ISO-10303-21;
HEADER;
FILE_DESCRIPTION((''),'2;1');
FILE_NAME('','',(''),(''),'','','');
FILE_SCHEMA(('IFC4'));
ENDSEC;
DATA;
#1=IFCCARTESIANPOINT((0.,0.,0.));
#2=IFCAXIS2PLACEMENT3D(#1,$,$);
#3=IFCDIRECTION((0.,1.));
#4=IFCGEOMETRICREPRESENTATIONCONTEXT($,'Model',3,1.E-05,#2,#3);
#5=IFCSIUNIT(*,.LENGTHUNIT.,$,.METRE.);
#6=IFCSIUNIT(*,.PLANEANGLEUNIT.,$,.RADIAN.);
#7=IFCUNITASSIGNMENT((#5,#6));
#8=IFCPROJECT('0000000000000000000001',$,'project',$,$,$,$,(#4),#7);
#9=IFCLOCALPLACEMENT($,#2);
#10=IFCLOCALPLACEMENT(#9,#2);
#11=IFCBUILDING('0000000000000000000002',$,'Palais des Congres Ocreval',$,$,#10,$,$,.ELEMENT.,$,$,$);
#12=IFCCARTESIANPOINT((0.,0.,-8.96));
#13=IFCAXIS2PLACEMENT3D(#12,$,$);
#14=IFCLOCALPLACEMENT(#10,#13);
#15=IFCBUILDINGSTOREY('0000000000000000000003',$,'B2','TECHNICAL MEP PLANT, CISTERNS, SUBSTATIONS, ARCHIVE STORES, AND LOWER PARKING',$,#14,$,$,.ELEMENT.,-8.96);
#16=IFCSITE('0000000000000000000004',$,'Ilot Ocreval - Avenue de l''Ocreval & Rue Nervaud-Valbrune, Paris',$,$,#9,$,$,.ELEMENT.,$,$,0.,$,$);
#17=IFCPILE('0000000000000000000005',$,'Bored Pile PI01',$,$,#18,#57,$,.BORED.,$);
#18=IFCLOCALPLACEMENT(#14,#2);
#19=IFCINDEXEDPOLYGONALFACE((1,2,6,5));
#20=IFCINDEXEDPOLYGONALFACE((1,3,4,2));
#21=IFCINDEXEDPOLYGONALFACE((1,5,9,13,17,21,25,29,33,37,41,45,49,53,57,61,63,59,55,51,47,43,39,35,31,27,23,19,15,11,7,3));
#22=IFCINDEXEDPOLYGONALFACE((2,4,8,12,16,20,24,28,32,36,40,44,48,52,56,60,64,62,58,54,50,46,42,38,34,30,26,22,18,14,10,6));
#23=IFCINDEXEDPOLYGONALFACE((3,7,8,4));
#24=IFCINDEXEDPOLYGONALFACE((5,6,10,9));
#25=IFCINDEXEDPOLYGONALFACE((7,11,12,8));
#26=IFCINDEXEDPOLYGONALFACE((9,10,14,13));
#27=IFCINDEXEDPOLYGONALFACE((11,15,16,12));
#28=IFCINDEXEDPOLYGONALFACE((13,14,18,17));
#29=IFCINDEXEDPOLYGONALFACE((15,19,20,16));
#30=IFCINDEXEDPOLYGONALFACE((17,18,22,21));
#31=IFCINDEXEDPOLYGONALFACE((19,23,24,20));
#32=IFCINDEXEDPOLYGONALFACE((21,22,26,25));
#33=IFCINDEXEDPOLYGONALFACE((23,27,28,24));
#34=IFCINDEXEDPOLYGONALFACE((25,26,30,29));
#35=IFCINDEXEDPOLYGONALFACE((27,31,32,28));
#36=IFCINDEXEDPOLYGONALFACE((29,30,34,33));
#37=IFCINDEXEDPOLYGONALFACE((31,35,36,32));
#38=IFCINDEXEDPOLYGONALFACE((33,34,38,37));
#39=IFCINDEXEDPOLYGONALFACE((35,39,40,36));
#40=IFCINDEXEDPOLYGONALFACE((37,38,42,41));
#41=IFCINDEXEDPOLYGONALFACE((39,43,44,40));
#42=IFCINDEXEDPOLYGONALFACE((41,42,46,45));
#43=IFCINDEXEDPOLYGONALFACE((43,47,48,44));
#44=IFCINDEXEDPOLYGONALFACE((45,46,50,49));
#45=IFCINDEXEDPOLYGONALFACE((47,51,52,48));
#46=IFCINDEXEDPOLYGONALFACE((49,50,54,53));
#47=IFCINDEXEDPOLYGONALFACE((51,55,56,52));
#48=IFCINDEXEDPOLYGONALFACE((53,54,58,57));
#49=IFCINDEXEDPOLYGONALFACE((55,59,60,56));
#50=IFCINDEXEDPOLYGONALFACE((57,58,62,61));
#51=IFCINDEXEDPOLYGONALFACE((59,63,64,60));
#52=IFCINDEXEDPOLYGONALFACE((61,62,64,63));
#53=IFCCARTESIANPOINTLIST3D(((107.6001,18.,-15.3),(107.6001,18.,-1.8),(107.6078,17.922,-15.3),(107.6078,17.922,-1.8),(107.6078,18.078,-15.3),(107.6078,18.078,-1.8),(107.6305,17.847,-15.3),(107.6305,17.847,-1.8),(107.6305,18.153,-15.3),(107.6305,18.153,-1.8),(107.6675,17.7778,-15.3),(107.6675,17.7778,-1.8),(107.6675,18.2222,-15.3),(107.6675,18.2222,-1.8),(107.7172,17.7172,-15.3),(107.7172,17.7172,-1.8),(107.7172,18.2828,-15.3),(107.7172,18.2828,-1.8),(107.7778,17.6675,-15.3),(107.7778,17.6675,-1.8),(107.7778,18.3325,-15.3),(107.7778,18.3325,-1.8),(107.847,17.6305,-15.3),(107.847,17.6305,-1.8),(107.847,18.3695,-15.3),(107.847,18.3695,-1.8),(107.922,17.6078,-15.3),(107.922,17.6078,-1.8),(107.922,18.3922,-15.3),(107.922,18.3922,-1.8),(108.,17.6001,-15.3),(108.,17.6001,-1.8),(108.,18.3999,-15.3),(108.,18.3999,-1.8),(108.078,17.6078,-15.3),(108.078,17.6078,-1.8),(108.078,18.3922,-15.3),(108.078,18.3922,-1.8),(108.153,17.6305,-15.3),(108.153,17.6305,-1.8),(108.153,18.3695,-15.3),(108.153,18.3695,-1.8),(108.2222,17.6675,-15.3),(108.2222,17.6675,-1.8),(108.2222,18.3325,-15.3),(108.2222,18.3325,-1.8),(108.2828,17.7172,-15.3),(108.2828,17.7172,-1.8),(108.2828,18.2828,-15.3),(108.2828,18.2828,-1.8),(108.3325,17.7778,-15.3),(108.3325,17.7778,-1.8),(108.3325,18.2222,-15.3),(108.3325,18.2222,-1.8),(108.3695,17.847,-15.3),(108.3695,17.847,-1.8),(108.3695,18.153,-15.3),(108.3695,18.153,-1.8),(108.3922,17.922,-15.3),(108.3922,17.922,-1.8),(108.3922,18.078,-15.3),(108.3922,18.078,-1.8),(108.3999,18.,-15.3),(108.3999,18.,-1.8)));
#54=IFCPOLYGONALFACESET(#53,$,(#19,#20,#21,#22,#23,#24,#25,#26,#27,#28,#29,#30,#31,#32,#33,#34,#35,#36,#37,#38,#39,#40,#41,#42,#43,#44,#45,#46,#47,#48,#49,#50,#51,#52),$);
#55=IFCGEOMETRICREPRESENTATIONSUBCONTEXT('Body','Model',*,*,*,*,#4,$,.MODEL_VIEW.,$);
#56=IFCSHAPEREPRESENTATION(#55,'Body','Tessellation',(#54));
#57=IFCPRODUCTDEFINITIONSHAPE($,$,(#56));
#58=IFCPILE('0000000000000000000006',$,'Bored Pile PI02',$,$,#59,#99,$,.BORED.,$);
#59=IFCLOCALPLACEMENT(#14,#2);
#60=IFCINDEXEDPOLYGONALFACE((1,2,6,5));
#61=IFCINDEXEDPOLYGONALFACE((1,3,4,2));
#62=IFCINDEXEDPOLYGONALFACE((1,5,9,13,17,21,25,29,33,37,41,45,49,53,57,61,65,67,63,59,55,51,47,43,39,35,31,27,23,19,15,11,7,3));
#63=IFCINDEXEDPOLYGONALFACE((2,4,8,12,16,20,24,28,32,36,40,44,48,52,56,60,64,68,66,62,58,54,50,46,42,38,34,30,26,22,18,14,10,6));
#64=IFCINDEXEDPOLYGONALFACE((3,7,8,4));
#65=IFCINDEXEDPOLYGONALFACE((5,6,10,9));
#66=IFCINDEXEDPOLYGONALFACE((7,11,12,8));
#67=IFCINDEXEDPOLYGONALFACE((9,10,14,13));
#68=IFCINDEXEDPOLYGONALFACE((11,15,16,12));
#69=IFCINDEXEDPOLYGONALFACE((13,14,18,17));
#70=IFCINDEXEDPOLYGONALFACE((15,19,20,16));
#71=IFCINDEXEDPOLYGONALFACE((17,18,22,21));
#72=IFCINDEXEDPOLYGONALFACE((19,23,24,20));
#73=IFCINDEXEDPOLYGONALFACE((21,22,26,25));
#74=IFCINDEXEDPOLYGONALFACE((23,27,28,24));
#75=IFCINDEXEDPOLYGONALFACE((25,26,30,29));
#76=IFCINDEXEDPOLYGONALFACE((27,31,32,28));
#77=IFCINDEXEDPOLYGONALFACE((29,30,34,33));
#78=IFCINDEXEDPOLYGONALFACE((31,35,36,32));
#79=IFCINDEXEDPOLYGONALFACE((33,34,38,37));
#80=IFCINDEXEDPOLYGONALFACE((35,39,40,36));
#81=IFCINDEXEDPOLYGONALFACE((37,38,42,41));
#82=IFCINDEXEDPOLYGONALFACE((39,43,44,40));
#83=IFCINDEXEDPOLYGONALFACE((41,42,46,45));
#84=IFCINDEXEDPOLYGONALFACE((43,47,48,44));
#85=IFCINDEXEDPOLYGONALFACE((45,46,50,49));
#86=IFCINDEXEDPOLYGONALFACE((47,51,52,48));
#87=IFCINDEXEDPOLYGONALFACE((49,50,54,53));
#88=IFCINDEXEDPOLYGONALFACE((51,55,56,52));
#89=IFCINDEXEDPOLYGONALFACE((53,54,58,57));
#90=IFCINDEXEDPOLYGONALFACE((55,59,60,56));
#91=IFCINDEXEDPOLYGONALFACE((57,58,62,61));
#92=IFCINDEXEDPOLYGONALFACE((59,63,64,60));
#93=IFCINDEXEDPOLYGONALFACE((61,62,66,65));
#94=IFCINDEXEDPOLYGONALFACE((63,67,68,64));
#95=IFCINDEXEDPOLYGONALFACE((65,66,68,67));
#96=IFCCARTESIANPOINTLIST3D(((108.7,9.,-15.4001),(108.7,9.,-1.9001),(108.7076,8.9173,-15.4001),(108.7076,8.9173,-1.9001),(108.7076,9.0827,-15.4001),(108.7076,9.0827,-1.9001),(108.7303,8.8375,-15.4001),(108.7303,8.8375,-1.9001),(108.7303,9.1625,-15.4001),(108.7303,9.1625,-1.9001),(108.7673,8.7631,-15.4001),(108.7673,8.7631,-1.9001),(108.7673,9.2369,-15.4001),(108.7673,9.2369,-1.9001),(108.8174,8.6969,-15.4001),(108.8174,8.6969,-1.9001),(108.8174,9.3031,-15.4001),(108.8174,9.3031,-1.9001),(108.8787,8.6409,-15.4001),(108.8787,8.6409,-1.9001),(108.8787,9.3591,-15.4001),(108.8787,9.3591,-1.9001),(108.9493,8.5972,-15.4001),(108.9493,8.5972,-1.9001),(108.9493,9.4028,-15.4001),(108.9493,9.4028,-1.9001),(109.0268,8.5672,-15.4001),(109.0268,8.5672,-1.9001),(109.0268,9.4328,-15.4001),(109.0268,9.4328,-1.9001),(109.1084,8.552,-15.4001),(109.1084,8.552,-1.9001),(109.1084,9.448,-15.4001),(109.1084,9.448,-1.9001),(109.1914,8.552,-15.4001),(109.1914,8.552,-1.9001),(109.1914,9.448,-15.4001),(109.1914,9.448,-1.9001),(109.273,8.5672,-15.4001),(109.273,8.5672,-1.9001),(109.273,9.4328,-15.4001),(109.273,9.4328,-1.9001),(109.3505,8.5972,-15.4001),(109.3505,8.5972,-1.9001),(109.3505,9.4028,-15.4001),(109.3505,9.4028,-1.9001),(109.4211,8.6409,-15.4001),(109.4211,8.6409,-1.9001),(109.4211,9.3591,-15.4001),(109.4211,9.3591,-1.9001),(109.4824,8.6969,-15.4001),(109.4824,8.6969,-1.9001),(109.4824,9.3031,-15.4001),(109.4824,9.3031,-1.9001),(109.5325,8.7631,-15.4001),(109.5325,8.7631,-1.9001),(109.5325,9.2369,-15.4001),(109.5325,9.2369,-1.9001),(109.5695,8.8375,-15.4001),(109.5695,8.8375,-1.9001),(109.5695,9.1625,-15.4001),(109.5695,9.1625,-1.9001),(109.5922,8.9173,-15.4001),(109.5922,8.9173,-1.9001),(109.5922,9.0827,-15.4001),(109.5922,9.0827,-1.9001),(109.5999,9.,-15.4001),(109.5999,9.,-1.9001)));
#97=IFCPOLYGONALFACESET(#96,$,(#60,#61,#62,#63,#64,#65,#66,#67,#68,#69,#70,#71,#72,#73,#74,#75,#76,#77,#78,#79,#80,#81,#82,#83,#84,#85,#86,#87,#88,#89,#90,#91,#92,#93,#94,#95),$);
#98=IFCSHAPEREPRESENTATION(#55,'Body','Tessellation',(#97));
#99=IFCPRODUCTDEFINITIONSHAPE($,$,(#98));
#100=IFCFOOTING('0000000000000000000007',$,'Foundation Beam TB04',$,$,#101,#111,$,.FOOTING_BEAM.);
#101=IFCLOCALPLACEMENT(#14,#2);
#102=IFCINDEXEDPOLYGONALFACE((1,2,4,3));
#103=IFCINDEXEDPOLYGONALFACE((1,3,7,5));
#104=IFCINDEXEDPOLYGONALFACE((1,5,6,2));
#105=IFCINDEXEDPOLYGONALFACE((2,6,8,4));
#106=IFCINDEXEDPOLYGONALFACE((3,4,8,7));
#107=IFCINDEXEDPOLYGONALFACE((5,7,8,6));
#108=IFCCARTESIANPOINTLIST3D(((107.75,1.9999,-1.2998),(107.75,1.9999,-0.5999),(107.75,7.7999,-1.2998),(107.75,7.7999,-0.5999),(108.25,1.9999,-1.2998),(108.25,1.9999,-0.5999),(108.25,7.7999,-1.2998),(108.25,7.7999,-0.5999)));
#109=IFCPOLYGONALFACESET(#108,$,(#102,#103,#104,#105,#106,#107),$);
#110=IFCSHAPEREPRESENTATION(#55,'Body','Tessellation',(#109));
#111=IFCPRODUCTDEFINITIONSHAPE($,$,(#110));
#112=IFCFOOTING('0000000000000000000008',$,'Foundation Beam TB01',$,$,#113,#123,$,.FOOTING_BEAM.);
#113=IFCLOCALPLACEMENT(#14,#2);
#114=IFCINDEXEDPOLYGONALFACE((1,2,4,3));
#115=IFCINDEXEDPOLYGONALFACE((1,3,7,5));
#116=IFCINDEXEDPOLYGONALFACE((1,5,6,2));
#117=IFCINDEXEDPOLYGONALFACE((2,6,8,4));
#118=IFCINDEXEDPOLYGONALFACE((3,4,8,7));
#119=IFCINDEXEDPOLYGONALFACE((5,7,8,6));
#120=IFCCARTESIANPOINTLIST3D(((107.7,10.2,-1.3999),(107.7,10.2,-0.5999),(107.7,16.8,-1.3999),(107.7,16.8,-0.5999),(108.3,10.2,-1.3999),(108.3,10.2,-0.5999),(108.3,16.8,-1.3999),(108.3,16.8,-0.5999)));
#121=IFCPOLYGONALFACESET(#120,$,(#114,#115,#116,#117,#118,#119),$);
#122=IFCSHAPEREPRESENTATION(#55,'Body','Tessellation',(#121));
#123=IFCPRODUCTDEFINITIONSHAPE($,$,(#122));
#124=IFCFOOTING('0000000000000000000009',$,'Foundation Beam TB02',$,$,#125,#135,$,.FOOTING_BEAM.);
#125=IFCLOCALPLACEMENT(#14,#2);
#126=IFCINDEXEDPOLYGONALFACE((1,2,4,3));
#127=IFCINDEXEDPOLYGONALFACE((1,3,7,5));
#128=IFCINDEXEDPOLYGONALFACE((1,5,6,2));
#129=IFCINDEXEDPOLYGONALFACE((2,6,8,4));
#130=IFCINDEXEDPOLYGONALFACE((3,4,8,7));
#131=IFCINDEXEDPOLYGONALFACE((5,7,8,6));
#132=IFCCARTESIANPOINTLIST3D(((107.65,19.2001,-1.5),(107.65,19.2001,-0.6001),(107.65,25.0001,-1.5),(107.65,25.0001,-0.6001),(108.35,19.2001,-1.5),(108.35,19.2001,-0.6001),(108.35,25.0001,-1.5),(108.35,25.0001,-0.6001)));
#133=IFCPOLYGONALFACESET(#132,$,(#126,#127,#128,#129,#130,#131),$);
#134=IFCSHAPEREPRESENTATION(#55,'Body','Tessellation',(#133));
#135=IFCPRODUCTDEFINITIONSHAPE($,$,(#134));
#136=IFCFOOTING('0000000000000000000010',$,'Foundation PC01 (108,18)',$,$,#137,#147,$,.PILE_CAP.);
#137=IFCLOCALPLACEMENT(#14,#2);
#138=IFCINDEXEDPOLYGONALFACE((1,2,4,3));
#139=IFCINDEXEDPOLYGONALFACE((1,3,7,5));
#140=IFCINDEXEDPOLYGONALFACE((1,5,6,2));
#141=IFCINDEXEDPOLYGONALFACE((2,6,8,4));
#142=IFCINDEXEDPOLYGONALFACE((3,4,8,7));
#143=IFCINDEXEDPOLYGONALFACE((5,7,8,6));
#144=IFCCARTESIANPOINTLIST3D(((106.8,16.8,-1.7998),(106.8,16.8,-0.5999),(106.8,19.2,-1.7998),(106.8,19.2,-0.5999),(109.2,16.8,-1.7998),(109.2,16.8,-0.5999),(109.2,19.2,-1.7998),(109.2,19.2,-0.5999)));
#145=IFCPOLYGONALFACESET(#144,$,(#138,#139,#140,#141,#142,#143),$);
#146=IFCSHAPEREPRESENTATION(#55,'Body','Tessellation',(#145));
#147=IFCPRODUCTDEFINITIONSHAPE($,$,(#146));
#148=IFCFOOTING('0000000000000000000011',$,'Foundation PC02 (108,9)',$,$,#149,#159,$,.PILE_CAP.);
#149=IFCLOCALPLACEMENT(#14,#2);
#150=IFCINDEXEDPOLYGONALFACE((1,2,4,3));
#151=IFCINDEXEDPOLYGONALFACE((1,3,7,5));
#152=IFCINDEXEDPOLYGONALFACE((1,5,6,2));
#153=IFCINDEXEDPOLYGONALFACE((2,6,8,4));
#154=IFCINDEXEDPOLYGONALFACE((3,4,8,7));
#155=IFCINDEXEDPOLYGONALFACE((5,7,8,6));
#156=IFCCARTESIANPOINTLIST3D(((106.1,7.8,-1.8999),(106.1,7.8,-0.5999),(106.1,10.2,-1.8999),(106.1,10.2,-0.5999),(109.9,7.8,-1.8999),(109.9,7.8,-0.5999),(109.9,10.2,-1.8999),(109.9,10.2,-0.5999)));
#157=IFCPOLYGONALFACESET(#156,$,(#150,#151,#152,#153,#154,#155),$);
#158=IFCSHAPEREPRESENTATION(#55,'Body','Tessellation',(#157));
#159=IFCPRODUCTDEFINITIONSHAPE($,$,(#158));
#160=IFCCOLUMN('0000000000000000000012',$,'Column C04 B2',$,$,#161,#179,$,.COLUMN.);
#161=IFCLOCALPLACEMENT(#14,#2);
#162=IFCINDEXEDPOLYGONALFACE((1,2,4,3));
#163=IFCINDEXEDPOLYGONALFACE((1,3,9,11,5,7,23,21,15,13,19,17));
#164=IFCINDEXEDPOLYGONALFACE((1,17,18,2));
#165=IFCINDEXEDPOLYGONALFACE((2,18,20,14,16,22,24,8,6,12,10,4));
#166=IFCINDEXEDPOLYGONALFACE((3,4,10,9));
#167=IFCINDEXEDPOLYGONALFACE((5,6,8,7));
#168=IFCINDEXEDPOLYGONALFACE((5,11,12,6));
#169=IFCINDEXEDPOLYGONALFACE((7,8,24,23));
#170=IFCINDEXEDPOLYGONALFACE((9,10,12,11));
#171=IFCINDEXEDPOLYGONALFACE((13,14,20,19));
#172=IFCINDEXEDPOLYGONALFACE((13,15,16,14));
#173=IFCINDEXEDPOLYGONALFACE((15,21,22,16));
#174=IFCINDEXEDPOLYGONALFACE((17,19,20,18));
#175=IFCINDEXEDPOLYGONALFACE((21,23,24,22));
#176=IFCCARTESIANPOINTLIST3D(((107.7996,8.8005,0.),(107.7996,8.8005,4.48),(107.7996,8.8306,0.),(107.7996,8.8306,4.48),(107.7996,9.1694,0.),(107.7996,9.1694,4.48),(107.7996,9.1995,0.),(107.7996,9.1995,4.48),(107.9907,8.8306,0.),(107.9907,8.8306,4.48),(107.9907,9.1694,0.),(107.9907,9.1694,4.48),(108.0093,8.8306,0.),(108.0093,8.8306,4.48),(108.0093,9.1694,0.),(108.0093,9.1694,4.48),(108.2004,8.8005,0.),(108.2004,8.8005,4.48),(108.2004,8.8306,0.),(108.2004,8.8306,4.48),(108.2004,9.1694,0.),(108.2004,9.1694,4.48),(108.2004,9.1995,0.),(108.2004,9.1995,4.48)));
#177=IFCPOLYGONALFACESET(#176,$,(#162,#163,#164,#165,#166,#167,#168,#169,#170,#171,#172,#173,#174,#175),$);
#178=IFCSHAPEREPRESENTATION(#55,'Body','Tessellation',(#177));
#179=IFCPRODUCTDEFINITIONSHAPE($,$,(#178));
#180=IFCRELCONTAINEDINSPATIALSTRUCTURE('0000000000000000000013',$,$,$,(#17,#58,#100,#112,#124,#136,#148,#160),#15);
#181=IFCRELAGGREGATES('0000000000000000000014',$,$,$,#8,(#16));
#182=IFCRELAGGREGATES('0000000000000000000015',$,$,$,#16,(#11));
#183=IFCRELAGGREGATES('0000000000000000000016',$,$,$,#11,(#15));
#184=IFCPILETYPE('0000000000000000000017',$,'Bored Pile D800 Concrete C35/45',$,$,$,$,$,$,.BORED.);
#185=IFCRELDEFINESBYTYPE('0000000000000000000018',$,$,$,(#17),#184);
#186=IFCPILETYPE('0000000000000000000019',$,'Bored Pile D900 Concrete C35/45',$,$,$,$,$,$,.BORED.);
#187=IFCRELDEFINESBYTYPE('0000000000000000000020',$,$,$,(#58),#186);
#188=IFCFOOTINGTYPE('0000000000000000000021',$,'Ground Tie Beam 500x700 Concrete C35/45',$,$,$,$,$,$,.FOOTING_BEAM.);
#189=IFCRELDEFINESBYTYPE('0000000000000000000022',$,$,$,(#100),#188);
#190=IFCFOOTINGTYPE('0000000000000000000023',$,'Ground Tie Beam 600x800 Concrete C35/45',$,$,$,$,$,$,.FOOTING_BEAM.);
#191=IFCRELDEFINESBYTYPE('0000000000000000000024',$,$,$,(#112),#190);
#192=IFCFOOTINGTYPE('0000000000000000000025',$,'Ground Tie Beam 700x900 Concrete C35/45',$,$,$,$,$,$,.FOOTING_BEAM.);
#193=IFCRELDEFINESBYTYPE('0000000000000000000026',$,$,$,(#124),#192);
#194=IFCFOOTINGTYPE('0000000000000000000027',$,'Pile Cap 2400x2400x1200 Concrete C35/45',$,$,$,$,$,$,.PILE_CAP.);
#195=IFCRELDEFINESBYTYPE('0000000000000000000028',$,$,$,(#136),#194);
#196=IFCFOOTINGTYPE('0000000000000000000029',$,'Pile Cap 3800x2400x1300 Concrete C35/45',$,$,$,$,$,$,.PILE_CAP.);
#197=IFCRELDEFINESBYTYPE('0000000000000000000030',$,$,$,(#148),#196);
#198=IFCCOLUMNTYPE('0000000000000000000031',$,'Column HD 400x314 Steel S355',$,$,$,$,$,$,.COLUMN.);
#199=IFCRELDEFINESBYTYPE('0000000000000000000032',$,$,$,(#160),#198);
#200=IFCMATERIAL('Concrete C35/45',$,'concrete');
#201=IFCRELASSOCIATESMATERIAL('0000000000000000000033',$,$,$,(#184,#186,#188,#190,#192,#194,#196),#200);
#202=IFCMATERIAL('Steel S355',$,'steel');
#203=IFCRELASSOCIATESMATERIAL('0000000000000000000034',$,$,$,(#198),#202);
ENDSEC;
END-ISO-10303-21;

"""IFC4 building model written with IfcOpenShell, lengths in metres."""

from ifc_helpers import new_model, si_unit, direction, frame, origin, origin_2d, place, context, subcontext, project, spatial, rectangle, circle, i_section, extrude, material, material_profile, profile_set, type_object, element, save


model = new_model("IFC4")

# Units and contexts
model_context = context("Model", 3, precision=1e-05, world=origin(), true_north=direction((0.0, 1.0)))
body_context = subcontext(model_context, "Body", "Model", "MODEL_VIEW")
ifc_project = project(units=[si_unit("LENGTHUNIT", "METRE"), si_unit("PLANEANGLEUNIT", "RADIAN")], contexts=[model_context])

# Site, building, storey
site_placement = place(None, origin())
site = spatial("IfcSite", under=ifc_project, at=site_placement, Name="Ilot Ocreval - Avenue de l'Ocreval & Rue Nervaud-Valbrune, Paris", CompositionType="ELEMENT", RefElevation=0.0)
building_placement = place(site_placement, origin())
building = spatial("IfcBuilding", under=site, at=building_placement, Name="Palais des Congres Ocreval", CompositionType="ELEMENT")
storey_placement = place(building_placement, frame((0.0, 0.0, -8.96)))
storey = spatial("IfcBuildingStorey", under=building, at=storey_placement, Name="B2", Description="TECHNICAL MEP PLANT, CISTERNS, SUBSTATIONS, ARCHIVE STORES, AND LOWER PARKING", CompositionType="ELEMENT", Elevation=-8.96)

# Piles
ifc_material_1 = material(Name="Concrete C35/45", Category="concrete")
ifc_material_profile_1 = material_profile(ifc_material_1, circle(Radius=0.3999, at=origin_2d()), Name="BORED PILE 800")
ifc_profile_set_1 = profile_set([ifc_material_profile_1], Name="Concrete C35/45")
pile_type_1 = type_object("IfcPileType", Name="Bored Pile D800 Concrete C35/45", PredefinedType="BORED", material=ifc_profile_set_1)
pile_1_placement = place(storey_placement, frame((108.0, 18.0, -1.8), z_axis=(0.0, 0.0, -1.0), x_axis=(1.0, 0.0, 0.0)))
element("IfcPile", 1, at=pile_1_placement, inside=storey, type_object=pile_type_1, Name="Bored Pile PI01", PredefinedType="BORED", context=body_context, shape_type="SweptSolid", body=[
    extrude(circle(Radius=0.3999, at=origin_2d()), origin(), (0.0, 0.0, 1.0), 13.5),
])
ifc_material_profile_2 = material_profile(ifc_material_1, circle(Radius=0.45, at=origin_2d()), Name="BORED PILE 900")
ifc_profile_set_2 = profile_set([ifc_material_profile_2], Name="Concrete C35/45")
pile_type_2 = type_object("IfcPileType", Name="Bored Pile D900 Concrete C35/45", PredefinedType="BORED", material=ifc_profile_set_2)
pile_2_placement = place(storey_placement, frame((109.1499, 9.0, -1.9001), z_axis=(0.0, 0.0, -1.0), x_axis=(1.0, 0.0, 0.0)))
element("IfcPile", 2, at=pile_2_placement, inside=storey, type_object=pile_type_2, Name="Bored Pile PI02", PredefinedType="BORED", context=body_context, shape_type="SweptSolid", body=[
    extrude(circle(Radius=0.45, at=origin_2d()), origin(), (0.0, 0.0, 1.0), 13.5),
])

# Footings
footing_type_1 = type_object("IfcFootingType", Name="Ground Tie Beam 500x700 Concrete C35/45", PredefinedType="FOOTING_BEAM", material=ifc_material_1)
footing_1_placement = place(storey_placement, frame((108.0, 4.8999, -1.2998), z_axis=(0.0, 0.0, 1.0), x_axis=(0.0, 1.0, 0.0)))
element("IfcFooting", 3, at=footing_1_placement, inside=storey, type_object=footing_type_1, Name="Foundation Beam TB04", PredefinedType="FOOTING_BEAM", context=body_context, shape_type="SweptSolid", body=[
    extrude(rectangle(XDim=5.8, YDim=0.5, at=origin_2d()), origin(), (0.0, 0.0, 1.0), 0.7),
])
footing_type_2 = type_object("IfcFootingType", Name="Ground Tie Beam 600x800 Concrete C35/45", PredefinedType="FOOTING_BEAM", material=ifc_material_1)
footing_2_placement = place(storey_placement, frame((108.0, 13.5, -1.3999), z_axis=(0.0, 0.0, 1.0), x_axis=(0.0, 1.0, 0.0)))
element("IfcFooting", 4, at=footing_2_placement, inside=storey, type_object=footing_type_2, Name="Foundation Beam TB01", PredefinedType="FOOTING_BEAM", context=body_context, shape_type="SweptSolid", body=[
    extrude(rectangle(XDim=6.6001, YDim=0.6001, at=origin_2d()), origin(), (0.0, 0.0, 1.0), 0.8),
])
footing_type_3 = type_object("IfcFootingType", Name="Ground Tie Beam 700x900 Concrete C35/45", PredefinedType="FOOTING_BEAM", material=ifc_material_1)
footing_3_placement = place(storey_placement, frame((108.0, 22.1001, -1.5), z_axis=(0.0, 0.0, 1.0), x_axis=(0.0, 1.0, 0.0)))
element("IfcFooting", 5, at=footing_3_placement, inside=storey, type_object=footing_type_3, Name="Foundation Beam TB02", PredefinedType="FOOTING_BEAM", context=body_context, shape_type="SweptSolid", body=[
    extrude(rectangle(XDim=5.8, YDim=0.7, at=origin_2d()), origin(), (0.0, 0.0, 1.0), 0.8999),
])
footing_type_4 = type_object("IfcFootingType", Name="Pile Cap 2400x2400x1200 Concrete C35/45", PredefinedType="PILE_CAP", material=ifc_material_1)
footing_4_placement = place(storey_placement, frame((108.0, 18.0, -1.7998), z_axis=(0.0, 0.0, 1.0), x_axis=(1.0, 0.0, 0.0)))
element("IfcFooting", 6, at=footing_4_placement, inside=storey, type_object=footing_type_4, Name="Foundation PC01 (108,18)", PredefinedType="PILE_CAP", context=body_context, shape_type="SweptSolid", body=[
    extrude(rectangle(XDim=2.3999, YDim=2.3999, at=origin_2d()), origin(), (0.0, 0.0, 1.0), 1.2),
])
footing_type_5 = type_object("IfcFootingType", Name="Pile Cap 3800x2400x1300 Concrete C35/45", PredefinedType="PILE_CAP", material=ifc_material_1)
footing_5_placement = place(storey_placement, frame((108.0, 9.0, -1.8999), z_axis=(0.0, 0.0, 1.0), x_axis=(1.0, 0.0, 0.0)))
element("IfcFooting", 7, at=footing_5_placement, inside=storey, type_object=footing_type_5, Name="Foundation PC02 (108,9)", PredefinedType="PILE_CAP", context=body_context, shape_type="SweptSolid", body=[
    extrude(rectangle(XDim=3.8, YDim=2.3999, at=origin_2d()), origin(), (0.0, 0.0, 1.0), 1.3),
])

# Column
ifc_material_2 = material(Name="Steel S355", Category="steel")
ifc_material_profile_3 = material_profile(ifc_material_2, i_section(OverallWidth=0.4009, OverallDepth=0.3989, WebThickness=0.0186, FlangeThickness=0.03, at=origin_2d()), Name="HD 400x314")
ifc_profile_set_3 = profile_set([ifc_material_profile_3], Name="Steel S355")
column_type = type_object("IfcColumnType", Name="Column HD 400x314 Steel S355", PredefinedType="COLUMN", material=ifc_profile_set_3)
for number, where, z_axis, x_axis, name in (
    (8, (108.0, 9.0, 0.0), (0.0, 0.0, 1.0), (1.0, 0.0, 0.0), "Column C04 B2"),
):
    element("IfcColumn", number, at=place(storey_placement, frame(where, z_axis=z_axis, x_axis=x_axis)), inside=storey, type_object=column_type, Name=name, PredefinedType="COLUMN", context=body_context, shape_type="SweptSolid", body=[
        extrude(i_section(OverallWidth=0.4009, OverallDepth=0.3989, WebThickness=0.0186, FlangeThickness=0.03, at=origin_2d()), origin(), (0.0, 0.0, 1.0), 4.48),
    ])

save(model, "model.ifc")
